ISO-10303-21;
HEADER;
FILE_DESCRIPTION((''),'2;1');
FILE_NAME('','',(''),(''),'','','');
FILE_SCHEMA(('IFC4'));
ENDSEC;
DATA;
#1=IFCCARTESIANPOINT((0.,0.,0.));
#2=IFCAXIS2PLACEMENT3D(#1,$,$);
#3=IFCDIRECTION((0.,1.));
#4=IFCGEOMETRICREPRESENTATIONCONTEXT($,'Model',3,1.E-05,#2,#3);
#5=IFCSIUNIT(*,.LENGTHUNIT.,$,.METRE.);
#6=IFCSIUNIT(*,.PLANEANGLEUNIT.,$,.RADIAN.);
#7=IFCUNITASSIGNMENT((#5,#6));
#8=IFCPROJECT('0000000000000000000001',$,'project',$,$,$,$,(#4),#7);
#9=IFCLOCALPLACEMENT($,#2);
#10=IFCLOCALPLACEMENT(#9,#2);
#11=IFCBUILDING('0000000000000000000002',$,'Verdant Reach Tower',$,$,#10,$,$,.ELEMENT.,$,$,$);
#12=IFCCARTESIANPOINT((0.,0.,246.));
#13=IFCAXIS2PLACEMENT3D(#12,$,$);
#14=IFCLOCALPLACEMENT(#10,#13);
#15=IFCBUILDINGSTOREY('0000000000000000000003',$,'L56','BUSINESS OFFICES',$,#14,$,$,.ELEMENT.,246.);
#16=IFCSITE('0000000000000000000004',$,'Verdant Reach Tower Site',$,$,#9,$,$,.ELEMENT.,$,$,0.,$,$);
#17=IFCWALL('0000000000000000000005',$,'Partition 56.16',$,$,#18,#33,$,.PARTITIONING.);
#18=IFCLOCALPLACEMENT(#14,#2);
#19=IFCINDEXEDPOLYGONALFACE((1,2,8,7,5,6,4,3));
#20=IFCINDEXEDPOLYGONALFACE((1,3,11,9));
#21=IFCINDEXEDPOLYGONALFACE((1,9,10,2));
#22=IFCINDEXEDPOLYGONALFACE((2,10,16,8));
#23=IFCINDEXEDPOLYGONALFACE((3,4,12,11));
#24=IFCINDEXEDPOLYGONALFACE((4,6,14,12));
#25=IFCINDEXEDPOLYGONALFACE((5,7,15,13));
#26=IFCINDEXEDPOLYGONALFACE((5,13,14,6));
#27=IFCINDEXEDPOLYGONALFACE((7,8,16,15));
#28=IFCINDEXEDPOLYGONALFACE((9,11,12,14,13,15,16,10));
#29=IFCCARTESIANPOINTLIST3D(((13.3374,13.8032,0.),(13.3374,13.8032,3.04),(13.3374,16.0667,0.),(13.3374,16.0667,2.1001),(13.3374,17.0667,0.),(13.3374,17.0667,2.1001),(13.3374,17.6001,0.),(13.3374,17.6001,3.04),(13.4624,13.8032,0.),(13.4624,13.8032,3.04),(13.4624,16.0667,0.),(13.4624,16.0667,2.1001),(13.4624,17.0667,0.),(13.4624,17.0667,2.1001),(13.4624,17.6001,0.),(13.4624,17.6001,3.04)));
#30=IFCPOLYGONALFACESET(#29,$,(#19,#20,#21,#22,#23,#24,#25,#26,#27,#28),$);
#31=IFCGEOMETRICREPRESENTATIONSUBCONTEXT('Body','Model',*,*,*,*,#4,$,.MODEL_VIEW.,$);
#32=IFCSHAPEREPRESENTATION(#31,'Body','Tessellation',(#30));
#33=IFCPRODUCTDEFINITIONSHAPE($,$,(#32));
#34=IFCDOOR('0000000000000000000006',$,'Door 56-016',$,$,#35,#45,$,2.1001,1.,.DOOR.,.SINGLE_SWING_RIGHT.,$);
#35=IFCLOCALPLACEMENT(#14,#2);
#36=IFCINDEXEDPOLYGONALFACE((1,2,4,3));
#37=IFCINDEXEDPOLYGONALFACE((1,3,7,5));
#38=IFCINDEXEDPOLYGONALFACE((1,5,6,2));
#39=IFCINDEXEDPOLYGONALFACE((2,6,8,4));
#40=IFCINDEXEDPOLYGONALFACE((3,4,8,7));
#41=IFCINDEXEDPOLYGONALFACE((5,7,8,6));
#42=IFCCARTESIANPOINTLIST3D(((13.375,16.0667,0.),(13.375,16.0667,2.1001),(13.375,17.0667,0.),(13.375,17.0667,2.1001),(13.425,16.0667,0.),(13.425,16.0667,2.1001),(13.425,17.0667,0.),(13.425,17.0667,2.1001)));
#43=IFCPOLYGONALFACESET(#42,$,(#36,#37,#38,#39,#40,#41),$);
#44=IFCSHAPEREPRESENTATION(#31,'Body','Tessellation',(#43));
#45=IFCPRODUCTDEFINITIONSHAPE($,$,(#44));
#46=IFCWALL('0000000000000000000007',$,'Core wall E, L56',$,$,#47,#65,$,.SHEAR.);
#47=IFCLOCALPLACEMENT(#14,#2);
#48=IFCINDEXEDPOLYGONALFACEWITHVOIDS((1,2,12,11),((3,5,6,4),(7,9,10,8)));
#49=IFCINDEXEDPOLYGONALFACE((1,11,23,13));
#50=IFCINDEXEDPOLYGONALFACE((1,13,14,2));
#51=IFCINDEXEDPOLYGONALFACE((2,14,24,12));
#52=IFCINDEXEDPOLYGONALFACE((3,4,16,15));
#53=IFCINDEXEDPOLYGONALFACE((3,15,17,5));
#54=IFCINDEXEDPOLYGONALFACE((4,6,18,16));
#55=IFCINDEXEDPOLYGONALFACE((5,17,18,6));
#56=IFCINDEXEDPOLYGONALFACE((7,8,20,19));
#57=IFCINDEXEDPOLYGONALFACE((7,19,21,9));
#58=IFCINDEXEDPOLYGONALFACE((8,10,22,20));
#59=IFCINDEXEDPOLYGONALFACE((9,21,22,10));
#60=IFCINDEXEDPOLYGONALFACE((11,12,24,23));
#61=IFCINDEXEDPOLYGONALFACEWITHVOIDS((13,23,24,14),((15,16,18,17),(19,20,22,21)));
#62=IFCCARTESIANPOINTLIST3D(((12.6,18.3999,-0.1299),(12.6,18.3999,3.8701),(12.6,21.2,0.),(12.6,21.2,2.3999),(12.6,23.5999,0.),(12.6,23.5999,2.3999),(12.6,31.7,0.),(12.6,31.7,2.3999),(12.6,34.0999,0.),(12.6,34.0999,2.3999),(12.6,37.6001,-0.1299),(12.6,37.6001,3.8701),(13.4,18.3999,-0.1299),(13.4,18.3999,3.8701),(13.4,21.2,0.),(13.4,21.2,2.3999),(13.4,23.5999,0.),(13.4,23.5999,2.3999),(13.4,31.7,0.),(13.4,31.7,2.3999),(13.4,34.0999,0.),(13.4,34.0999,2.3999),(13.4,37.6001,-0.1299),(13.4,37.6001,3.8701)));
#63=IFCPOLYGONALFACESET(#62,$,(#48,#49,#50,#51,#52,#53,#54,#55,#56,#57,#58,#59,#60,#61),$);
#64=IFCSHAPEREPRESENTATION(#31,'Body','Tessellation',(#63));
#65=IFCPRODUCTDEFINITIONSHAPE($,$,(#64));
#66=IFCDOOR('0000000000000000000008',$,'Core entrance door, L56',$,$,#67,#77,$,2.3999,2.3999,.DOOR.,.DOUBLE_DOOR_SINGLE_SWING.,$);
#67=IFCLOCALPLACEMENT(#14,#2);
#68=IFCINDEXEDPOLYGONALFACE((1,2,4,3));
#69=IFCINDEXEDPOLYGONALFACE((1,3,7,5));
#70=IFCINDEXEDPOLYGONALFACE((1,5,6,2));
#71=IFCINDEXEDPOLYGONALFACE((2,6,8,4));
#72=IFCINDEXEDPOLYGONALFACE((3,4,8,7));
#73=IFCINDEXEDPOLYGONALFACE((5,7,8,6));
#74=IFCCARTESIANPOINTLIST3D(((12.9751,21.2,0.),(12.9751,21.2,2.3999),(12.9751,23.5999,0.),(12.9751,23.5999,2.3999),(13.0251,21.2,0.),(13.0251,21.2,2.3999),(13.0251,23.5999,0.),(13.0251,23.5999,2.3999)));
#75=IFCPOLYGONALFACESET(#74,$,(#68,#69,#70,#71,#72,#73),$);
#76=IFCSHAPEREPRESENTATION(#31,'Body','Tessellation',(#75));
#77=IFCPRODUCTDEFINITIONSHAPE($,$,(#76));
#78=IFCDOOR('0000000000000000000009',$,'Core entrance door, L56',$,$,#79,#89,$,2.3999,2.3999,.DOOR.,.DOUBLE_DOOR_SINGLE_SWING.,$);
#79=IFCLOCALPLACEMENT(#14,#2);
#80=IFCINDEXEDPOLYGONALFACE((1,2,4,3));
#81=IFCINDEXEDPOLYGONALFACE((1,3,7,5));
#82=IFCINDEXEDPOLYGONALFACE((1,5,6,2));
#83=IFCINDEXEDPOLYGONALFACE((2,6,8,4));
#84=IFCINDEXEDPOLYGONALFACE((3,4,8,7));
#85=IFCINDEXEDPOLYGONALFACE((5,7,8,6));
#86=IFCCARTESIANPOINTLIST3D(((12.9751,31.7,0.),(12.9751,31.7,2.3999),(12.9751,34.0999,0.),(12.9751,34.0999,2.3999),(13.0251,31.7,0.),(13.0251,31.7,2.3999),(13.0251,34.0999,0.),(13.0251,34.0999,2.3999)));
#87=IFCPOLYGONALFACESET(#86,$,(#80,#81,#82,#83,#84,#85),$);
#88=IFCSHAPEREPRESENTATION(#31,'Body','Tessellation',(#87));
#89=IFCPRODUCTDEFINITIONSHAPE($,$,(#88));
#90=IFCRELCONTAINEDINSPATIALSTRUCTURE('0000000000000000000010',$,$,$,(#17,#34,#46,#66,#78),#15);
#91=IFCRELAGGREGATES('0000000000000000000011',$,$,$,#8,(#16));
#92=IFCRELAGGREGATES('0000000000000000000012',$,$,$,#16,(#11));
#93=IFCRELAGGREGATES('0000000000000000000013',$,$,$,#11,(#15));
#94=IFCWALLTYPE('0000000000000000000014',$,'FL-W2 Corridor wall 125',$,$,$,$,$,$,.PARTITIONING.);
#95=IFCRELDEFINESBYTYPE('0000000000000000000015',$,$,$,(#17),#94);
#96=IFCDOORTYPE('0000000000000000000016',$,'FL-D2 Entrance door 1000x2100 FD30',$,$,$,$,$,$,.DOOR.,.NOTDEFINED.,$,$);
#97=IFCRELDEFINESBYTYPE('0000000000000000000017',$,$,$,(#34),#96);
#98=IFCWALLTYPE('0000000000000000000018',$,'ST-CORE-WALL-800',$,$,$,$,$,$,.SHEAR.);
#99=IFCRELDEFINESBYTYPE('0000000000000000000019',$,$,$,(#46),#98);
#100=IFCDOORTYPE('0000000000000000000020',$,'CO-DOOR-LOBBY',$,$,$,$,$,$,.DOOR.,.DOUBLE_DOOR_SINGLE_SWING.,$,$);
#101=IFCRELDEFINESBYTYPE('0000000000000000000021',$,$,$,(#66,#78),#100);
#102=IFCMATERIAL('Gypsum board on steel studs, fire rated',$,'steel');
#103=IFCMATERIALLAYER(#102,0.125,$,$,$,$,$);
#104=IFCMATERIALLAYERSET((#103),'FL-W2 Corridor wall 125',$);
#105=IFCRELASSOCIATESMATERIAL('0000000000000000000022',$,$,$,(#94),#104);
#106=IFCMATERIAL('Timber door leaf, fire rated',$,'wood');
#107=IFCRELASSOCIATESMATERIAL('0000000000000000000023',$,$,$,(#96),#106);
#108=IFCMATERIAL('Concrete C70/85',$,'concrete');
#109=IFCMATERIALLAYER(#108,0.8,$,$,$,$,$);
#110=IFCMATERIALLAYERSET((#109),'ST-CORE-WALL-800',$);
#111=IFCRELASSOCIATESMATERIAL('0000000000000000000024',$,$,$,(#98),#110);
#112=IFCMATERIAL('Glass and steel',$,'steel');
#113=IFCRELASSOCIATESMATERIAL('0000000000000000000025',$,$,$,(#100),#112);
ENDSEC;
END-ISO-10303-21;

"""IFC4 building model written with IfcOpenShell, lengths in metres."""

from ifc_helpers import new_model, si_unit, direction, frame, frame_2d, origin, place, context, subcontext, project, spatial, rectangle, extrude, material, layer, layer_set, type_object, element, fill, save


model = new_model("IFC4")

# Units and contexts
model_context = context("Model", 3, precision=1e-05, world=origin(), true_north=direction((0.0, 1.0)))
body_context = subcontext(model_context, "Body", "Model", "MODEL_VIEW")
ifc_project = project(units=[si_unit("LENGTHUNIT", "METRE"), si_unit("PLANEANGLEUNIT", "RADIAN")], contexts=[model_context])

# Site, building, storey
site_placement = place(None, origin())
site = spatial("IfcSite", under=ifc_project, at=site_placement, Name="Verdant Reach Tower Site", CompositionType="ELEMENT", RefElevation=0.0)
building_placement = place(site_placement, origin())
building = spatial("IfcBuilding", under=site, at=building_placement, Name="Verdant Reach Tower", CompositionType="ELEMENT")
storey_placement = place(building_placement, frame((0.0, 0.0, 246.0)))
storey = spatial("IfcBuildingStorey", under=building, at=storey_placement, Name="L56", Description="BUSINESS OFFICES", CompositionType="ELEMENT", Elevation=246.0)

# Wall, opening, door
ifc_material_1 = material(Name="Gypsum board on steel studs, fire rated", Category="steel")
ifc_layer_1 = layer(ifc_material_1, 0.125)
ifc_layer_set_1 = layer_set([ifc_layer_1], Name="FL-W2 Corridor wall 125")
wall_type_1 = type_object("IfcWallType", Name="FL-W2 Corridor wall 125", PredefinedType="PARTITIONING", material=ifc_layer_set_1)
wall_1_placement = place(storey_placement, frame((13.3999, 13.8032, 0.0), z_axis=(0.0, 0.0, 1.0), x_axis=(0.0, 1.0, 0.0)))
wall_1 = element("IfcWall", 1, at=wall_1_placement, inside=storey, type_object=wall_type_1, Name="Partition 56.16", PredefinedType="PARTITIONING", context=body_context, shape_type="SweptSolid", body=[
    extrude(rectangle(XDim=3.7969, YDim=0.125, at=frame_2d((1.8984, 0.0))), origin(), (0.0, 0.0, 1.0), 3.04),
])
opening_1_placement = place(wall_1_placement, frame((2.2634, 0.0, 0.0)))
opening_1 = element("IfcOpeningElement", 2, at=opening_1_placement, cuts=wall_1, PredefinedType="OPENING", context=body_context, shape_type="SweptSolid", body=[
    extrude(rectangle(XDim=1.0, YDim=2.1001, at=frame_2d((0.5, 1.05))), frame((0.0, 0.0725, 0.0), z_axis=(0.0, -1.0, 0.0), x_axis=(1.0, 0.0, 0.0)), (0.0, 0.0, 1.0), 0.145),
])
ifc_material_2 = material(Name="Timber door leaf, fire rated", Category="wood")
door_type_1 = type_object("IfcDoorType", Name="FL-D2 Entrance door 1000x2100 FD30", OperationType="NOTDEFINED", PredefinedType="DOOR", material=ifc_material_2)
door_1_placement = place(opening_1_placement, origin())
door_1 = element("IfcDoor", 3, at=door_1_placement, inside=storey, type_object=door_type_1, Name="Door 56-016", OperationType="SINGLE_SWING_RIGHT", OverallHeight=2.1001, OverallWidth=1.0, PredefinedType="DOOR", context=body_context, shape_type="SweptSolid", body=[
    extrude(rectangle(XDim=1.0, YDim=2.1001, at=frame_2d((0.5, 1.05))), frame((0.0, 0.0249, 0.0), z_axis=(0.0, -1.0, 0.0), x_axis=(1.0, 0.0, 0.0)), (0.0, 0.0, 1.0), 0.05),
])
fill(opening_1, door_1)

# Wall, openings, doors
ifc_material_3 = material(Name="Concrete C70/85", Category="concrete")
ifc_layer_2 = layer(ifc_material_3, 0.8)
ifc_layer_set_2 = layer_set([ifc_layer_2], Name="ST-CORE-WALL-800")
wall_type_2 = type_object("IfcWallType", Name="ST-CORE-WALL-800", PredefinedType="SHEAR", material=ifc_layer_set_2)
wall_2_placement = place(storey_placement, frame((13.0, 18.3999, -0.1299), z_axis=(0.0, 0.0, 1.0), x_axis=(0.0, 1.0, 0.0)))
wall_2 = element("IfcWall", 4, at=wall_2_placement, inside=storey, type_object=wall_type_2, Name="Core wall E, L56", PredefinedType="SHEAR", context=body_context, shape_type="SweptSolid", body=[
    extrude(rectangle(XDim=19.2002, YDim=0.8, at=frame_2d((9.6001, 0.0))), origin(), (0.0, 0.0, 1.0), 4.0),
])
opening_2_placement = place(wall_2_placement, frame((2.8, 0.0, 0.1299)))
opening_2 = element("IfcOpeningElement", 5, at=opening_2_placement, cuts=wall_2, PredefinedType="OPENING", context=body_context, shape_type="SweptSolid", body=[
    extrude(rectangle(XDim=2.3999, YDim=2.3999, at=frame_2d((1.2, 1.2))), frame((0.0, 0.4099, 0.0), z_axis=(0.0, -1.0, 0.0), x_axis=(1.0, 0.0, 0.0)), (0.0, 0.0, 1.0), 0.8201),
])
opening_3_placement = place(wall_2_placement, frame((13.3, 0.0, 0.1299)))
opening_3 = element("IfcOpeningElement", 6, at=opening_3_placement, cuts=wall_2, PredefinedType="OPENING", context=body_context, shape_type="SweptSolid", body=[
    extrude(rectangle(XDim=2.3999, YDim=2.3999, at=frame_2d((1.2, 1.2))), frame((0.0, 0.4099, 0.0), z_axis=(0.0, -1.0, 0.0), x_axis=(1.0, 0.0, 0.0)), (0.0, 0.0, 1.0), 0.8201),
])
ifc_material_4 = material(Name="Glass and steel", Category="steel")
door_type_2 = type_object("IfcDoorType", Name="CO-DOOR-LOBBY", OperationType="DOUBLE_DOOR_SINGLE_SWING", PredefinedType="DOOR", material=ifc_material_4)
door_2_placement = place(opening_2_placement, origin())
door_2 = element("IfcDoor", 7, at=door_2_placement, inside=storey, type_object=door_type_2, Name="Core entrance door, L56", OperationType="DOUBLE_DOOR_SINGLE_SWING", OverallHeight=2.3999, OverallWidth=2.3999, PredefinedType="DOOR", context=body_context, shape_type="SweptSolid", body=[
    extrude(rectangle(XDim=2.3999, YDim=2.3999, at=frame_2d((1.2, 1.2))), frame((0.0, 0.0249, 0.0), z_axis=(0.0, -1.0, 0.0), x_axis=(1.0, 0.0, 0.0)), (0.0, 0.0, 1.0), 0.05),
])
fill(opening_2, door_2)
door_3_placement = place(opening_3_placement, origin())
door_3 = element("IfcDoor", 8, at=door_3_placement, inside=storey, type_object=door_type_2, Name="Core entrance door, L56", OperationType="DOUBLE_DOOR_SINGLE_SWING", OverallHeight=2.3999, OverallWidth=2.3999, PredefinedType="DOOR", context=body_context, shape_type="SweptSolid", body=[
    extrude(rectangle(XDim=2.3999, YDim=2.3999, at=frame_2d((1.2, 1.2))), frame((0.0, 0.0249, 0.0), z_axis=(0.0, -1.0, 0.0), x_axis=(1.0, 0.0, 0.0)), (0.0, 0.0, 1.0), 0.05),
])
fill(opening_3, door_3)

save(model, "model.ifc")
